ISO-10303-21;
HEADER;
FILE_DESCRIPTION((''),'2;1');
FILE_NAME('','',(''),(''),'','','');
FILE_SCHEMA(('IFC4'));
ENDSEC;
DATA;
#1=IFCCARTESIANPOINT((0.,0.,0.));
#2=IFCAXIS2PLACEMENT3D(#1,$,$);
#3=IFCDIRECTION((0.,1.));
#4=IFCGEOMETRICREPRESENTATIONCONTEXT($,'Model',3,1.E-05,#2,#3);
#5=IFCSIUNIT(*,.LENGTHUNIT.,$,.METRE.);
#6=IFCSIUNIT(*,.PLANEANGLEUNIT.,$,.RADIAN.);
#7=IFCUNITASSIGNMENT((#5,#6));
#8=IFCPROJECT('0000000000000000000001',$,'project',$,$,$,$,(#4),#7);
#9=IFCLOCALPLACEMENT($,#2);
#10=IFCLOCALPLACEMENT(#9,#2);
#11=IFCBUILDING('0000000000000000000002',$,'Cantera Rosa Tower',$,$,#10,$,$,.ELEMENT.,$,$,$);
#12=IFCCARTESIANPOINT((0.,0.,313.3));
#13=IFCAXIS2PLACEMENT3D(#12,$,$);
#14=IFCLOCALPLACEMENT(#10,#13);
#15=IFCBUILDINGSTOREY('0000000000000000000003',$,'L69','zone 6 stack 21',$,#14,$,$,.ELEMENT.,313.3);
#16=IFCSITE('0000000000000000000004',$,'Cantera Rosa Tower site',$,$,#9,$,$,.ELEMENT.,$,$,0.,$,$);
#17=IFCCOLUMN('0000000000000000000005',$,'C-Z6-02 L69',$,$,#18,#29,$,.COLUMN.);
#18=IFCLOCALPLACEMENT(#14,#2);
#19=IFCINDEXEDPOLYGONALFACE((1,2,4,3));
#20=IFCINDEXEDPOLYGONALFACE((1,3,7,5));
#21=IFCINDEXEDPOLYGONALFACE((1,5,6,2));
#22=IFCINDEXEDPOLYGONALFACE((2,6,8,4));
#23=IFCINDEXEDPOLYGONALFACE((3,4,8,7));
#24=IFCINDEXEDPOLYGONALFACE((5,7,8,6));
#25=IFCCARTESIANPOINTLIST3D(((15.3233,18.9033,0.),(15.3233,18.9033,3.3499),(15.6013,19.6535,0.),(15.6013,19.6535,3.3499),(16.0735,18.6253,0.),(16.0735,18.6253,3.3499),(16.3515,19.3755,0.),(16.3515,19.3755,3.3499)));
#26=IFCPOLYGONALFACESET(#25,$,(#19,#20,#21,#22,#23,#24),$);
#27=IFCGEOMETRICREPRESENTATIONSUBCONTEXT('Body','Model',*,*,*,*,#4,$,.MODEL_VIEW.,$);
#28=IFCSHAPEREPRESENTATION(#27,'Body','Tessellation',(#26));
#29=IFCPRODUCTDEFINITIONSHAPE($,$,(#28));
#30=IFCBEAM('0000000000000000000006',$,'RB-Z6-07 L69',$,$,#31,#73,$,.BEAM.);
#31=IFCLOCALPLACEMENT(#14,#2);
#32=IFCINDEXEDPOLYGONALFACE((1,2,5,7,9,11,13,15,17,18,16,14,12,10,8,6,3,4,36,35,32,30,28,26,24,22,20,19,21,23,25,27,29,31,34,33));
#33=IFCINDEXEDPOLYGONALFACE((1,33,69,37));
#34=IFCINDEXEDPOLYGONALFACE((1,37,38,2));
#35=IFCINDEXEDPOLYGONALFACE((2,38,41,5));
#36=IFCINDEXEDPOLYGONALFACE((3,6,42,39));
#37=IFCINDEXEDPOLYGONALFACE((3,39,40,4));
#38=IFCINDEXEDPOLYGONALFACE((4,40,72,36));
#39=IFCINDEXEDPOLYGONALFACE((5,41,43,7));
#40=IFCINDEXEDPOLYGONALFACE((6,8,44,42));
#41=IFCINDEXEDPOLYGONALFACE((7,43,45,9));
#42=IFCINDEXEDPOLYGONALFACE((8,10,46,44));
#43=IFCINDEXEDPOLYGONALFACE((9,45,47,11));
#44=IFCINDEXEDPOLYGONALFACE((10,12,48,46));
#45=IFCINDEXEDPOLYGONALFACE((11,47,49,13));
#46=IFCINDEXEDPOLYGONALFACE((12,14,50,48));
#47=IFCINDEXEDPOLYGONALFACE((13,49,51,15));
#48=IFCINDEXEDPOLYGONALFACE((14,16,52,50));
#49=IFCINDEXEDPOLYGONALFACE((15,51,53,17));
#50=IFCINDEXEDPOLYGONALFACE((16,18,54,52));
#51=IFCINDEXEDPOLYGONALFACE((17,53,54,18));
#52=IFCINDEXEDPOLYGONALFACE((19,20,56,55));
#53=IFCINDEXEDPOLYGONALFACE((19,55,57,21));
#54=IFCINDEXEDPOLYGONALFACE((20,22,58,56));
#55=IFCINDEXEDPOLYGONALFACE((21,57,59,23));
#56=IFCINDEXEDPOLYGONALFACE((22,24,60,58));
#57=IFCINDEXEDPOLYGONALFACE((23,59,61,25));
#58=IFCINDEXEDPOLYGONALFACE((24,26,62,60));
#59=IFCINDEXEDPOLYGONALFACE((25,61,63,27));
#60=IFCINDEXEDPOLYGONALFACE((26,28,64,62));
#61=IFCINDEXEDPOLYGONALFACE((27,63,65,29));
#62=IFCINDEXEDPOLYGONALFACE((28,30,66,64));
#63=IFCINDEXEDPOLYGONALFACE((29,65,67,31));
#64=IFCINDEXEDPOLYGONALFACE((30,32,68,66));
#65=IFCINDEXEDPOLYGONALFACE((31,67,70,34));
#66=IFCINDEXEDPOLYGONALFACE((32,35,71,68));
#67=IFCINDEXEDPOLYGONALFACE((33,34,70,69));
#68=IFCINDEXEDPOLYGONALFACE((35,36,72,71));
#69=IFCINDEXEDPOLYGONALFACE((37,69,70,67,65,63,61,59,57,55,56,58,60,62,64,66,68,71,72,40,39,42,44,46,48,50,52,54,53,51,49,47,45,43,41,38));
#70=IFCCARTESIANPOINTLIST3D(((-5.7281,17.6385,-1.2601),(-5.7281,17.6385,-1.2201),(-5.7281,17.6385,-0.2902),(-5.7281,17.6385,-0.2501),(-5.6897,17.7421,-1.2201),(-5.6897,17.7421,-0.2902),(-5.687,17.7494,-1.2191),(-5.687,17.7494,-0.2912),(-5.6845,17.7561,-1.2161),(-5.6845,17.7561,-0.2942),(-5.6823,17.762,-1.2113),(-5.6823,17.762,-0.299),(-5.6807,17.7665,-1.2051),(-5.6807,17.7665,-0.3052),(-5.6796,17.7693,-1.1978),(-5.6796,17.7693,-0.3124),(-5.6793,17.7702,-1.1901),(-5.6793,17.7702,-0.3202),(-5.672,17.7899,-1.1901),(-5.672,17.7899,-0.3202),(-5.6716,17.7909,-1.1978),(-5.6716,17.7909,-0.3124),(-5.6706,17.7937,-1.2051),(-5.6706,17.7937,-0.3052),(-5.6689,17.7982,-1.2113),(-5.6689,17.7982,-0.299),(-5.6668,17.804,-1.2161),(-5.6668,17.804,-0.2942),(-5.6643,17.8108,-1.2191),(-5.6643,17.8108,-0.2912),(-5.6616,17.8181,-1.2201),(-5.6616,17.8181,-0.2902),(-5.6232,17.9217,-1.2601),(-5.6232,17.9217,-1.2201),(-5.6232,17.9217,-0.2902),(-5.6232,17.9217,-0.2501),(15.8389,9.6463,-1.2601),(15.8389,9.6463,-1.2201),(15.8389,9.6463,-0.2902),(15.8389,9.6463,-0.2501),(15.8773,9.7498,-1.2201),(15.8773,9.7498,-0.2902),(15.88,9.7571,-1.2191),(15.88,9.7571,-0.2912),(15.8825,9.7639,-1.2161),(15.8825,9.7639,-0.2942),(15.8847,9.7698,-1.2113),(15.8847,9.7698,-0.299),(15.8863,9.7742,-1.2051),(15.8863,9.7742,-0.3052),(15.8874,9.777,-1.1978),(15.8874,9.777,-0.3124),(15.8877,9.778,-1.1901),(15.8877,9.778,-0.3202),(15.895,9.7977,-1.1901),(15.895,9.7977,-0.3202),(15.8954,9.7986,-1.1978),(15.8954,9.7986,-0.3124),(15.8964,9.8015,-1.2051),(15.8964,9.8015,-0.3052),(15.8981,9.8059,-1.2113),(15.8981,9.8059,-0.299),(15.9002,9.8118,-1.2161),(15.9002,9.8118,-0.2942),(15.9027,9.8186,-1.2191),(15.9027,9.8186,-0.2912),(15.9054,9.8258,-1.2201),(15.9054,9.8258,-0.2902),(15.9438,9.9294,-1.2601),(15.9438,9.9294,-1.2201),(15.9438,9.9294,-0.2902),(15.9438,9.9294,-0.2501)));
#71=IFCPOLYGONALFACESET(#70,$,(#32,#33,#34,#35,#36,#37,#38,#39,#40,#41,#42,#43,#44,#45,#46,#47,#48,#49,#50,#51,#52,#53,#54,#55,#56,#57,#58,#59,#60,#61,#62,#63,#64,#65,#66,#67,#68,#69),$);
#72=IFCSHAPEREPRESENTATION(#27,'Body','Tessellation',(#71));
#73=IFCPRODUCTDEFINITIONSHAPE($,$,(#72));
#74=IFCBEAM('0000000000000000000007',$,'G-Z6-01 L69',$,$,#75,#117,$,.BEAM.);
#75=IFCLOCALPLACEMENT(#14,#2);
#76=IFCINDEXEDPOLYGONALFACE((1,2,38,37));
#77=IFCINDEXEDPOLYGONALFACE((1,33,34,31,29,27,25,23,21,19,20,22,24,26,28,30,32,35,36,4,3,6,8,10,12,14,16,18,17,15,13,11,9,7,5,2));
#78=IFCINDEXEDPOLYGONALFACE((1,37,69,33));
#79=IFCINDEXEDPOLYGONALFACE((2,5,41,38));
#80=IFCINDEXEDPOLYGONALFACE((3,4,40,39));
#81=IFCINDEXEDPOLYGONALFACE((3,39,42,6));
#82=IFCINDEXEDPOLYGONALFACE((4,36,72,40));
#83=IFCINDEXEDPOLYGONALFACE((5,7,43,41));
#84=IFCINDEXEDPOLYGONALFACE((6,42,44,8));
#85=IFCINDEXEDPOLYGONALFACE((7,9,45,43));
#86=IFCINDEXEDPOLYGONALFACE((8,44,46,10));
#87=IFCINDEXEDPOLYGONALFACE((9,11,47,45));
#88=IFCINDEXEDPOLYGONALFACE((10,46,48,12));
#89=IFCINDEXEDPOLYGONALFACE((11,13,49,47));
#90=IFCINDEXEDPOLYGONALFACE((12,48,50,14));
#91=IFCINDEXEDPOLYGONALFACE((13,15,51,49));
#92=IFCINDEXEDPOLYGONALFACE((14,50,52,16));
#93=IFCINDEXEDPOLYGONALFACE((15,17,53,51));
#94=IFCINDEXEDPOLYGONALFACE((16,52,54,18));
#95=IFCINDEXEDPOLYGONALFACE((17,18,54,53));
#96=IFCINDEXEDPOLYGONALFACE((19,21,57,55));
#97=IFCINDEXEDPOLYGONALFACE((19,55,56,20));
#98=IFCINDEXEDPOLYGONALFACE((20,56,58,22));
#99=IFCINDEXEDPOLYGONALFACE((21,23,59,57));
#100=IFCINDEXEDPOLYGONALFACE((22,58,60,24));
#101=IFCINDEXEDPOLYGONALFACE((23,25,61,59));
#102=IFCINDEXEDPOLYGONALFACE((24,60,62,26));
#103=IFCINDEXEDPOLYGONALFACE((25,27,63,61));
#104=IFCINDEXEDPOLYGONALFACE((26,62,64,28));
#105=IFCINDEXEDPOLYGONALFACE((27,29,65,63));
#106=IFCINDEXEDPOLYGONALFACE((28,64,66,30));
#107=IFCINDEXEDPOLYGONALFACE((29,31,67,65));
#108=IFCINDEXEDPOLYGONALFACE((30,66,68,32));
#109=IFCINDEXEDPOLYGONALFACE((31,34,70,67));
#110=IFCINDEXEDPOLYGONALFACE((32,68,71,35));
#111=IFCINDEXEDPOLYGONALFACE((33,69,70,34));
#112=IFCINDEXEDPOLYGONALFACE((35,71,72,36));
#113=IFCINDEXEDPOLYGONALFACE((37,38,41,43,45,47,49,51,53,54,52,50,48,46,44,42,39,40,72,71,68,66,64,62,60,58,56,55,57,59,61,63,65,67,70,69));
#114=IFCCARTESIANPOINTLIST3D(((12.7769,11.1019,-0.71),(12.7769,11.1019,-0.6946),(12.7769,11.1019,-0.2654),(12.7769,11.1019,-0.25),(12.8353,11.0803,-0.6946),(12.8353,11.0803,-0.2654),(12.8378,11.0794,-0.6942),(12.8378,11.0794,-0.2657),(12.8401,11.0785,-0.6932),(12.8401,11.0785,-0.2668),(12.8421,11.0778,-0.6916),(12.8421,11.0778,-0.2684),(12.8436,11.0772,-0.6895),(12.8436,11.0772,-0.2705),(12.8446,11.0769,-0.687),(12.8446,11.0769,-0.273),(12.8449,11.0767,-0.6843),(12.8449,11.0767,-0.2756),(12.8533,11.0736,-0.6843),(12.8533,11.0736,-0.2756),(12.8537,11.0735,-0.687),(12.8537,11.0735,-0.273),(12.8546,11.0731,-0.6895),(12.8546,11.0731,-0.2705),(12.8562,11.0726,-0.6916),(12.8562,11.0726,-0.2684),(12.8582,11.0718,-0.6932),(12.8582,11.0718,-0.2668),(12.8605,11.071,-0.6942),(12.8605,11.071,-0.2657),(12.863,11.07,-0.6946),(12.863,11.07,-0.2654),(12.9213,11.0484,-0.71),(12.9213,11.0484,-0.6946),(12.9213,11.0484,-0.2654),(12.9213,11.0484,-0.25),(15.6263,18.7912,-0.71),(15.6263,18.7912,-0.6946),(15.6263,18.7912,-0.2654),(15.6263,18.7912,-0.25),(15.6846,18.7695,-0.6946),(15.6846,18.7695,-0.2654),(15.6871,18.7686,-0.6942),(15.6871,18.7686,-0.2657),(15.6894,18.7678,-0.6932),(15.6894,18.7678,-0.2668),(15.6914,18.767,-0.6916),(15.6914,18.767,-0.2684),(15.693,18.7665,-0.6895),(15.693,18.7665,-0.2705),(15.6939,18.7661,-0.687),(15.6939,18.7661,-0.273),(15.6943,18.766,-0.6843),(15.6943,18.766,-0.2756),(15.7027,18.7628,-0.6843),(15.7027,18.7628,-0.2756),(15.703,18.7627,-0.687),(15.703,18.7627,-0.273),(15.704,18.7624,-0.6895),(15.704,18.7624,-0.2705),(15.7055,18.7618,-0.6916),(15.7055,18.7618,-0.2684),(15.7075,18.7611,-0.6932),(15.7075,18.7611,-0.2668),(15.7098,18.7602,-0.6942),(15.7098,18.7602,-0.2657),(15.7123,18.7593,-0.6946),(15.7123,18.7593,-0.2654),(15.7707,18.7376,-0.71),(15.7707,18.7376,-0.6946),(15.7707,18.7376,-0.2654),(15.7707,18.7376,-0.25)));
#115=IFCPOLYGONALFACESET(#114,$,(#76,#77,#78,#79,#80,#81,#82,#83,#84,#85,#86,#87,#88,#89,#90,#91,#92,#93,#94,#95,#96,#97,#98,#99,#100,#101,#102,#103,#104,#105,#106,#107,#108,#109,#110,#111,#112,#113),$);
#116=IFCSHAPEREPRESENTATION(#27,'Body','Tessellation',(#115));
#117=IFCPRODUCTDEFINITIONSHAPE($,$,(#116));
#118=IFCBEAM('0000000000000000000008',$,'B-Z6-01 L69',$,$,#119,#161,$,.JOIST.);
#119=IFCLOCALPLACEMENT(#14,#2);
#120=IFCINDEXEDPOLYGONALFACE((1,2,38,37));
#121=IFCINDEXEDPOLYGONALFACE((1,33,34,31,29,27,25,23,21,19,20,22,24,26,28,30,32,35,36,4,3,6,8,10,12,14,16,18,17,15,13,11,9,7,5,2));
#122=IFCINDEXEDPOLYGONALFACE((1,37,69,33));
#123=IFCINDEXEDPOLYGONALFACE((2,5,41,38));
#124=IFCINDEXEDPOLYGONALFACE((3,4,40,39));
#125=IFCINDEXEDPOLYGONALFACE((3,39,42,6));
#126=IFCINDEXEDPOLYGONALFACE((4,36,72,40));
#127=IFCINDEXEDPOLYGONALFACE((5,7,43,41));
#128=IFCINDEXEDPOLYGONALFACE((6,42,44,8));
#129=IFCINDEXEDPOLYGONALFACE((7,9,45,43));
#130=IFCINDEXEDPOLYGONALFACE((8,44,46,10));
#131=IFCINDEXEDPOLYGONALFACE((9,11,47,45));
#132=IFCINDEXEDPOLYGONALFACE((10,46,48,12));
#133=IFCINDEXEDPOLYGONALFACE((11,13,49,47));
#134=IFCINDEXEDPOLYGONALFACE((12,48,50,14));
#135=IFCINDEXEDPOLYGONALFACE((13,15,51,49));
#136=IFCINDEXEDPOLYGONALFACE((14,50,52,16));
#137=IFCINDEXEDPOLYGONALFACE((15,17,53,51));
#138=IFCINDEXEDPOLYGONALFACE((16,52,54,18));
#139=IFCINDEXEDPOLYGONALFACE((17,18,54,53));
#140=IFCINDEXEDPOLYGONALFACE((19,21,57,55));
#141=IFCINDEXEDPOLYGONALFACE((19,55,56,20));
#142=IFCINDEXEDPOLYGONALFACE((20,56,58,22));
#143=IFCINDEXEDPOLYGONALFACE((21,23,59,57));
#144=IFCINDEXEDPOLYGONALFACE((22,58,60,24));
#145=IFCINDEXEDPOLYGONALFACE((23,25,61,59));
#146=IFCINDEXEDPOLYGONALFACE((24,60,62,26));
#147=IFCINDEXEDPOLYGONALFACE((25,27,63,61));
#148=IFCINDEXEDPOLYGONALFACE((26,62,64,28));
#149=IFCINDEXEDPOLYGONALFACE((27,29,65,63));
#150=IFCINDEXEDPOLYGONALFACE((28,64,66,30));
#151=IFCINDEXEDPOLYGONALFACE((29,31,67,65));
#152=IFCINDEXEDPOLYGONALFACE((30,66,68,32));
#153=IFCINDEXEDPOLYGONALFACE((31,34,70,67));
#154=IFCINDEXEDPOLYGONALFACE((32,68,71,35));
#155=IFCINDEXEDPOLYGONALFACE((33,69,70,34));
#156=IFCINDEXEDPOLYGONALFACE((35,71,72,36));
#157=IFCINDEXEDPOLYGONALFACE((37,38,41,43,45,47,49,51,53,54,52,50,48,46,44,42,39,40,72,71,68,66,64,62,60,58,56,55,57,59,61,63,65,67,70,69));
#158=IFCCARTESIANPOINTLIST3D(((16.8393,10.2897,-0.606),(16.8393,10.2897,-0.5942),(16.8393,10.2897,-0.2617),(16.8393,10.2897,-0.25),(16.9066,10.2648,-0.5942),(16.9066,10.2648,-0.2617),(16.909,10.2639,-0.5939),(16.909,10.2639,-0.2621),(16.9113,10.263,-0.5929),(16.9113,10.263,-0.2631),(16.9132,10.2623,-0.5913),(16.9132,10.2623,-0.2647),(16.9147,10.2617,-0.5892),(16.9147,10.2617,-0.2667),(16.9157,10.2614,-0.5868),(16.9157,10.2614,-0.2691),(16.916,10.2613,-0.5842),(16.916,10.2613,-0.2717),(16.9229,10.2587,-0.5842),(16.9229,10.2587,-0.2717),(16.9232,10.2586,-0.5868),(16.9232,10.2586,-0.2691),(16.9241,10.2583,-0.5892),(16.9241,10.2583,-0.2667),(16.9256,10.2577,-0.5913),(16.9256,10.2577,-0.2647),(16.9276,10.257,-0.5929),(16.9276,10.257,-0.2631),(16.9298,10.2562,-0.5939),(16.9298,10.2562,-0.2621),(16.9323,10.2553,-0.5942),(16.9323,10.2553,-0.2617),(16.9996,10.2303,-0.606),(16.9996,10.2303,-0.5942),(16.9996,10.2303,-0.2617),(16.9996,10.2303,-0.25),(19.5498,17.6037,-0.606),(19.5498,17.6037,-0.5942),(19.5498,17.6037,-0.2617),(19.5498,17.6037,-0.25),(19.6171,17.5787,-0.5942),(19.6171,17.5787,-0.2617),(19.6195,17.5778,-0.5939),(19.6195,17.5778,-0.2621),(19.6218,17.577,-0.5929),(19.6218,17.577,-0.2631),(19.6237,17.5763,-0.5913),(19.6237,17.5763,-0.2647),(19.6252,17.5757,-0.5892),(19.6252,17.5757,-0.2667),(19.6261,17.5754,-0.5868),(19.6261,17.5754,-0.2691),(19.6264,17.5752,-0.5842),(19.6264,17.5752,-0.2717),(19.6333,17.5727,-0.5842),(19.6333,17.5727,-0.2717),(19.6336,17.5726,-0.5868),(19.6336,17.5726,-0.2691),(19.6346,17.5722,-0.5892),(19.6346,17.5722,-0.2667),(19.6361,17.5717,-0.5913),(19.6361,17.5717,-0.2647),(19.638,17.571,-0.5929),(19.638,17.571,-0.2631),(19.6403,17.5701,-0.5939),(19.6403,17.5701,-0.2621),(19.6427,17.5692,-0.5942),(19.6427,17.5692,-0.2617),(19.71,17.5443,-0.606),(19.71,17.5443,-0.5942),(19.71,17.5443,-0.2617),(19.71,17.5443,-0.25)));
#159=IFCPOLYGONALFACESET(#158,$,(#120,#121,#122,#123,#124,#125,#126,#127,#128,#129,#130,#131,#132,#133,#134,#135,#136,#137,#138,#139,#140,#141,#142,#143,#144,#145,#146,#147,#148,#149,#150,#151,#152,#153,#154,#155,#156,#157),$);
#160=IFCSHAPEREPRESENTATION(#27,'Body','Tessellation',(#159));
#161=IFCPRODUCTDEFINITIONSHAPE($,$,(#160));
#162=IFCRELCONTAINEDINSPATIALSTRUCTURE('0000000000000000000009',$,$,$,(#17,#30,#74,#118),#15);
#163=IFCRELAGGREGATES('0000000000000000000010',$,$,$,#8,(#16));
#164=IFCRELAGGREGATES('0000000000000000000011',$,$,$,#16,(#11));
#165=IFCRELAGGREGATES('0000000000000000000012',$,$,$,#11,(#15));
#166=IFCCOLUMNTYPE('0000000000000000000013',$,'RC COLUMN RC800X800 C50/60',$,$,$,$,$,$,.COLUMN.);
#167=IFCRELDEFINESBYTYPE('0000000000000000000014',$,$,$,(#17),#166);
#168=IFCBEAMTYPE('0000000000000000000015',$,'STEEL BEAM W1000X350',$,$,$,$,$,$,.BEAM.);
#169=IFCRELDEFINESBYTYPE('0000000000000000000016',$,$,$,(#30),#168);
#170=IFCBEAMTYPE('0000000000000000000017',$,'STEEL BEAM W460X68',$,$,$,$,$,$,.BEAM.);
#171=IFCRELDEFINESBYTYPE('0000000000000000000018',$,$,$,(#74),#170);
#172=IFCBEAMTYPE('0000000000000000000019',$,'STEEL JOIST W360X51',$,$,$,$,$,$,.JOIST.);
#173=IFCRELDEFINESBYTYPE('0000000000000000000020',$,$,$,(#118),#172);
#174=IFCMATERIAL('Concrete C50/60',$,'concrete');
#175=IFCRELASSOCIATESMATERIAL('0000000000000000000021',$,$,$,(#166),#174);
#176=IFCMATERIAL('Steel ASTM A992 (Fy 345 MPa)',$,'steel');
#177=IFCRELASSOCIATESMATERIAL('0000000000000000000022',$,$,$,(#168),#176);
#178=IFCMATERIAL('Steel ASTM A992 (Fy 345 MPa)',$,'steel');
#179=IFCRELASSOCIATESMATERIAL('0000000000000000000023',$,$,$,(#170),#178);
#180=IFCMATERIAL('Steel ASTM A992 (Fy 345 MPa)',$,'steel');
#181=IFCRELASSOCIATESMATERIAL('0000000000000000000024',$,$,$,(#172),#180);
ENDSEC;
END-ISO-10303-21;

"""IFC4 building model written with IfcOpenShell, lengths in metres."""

from ifc_helpers import new_model, si_unit, direction, frame, origin, origin_2d, place, context, subcontext, project, spatial, rectangle, i_section, extrude, material, material_profile, profile_set, type_object, element, save


model = new_model("IFC4")

# Units and contexts
model_context = context("Model", 3, precision=1e-05, world=origin(), true_north=direction((0.0, 1.0)))
body_context = subcontext(model_context, "Body", "Model", "MODEL_VIEW")
ifc_project = project(units=[si_unit("LENGTHUNIT", "METRE"), si_unit("PLANEANGLEUNIT", "RADIAN")], contexts=[model_context])

# Site, building, storey
site_placement = place(None, origin())
site = spatial("IfcSite", under=ifc_project, at=site_placement, Name="Cantera Rosa Tower site", CompositionType="ELEMENT", RefElevation=0.0)
building_placement = place(site_placement, origin())
building = spatial("IfcBuilding", under=site, at=building_placement, Name="Cantera Rosa Tower", CompositionType="ELEMENT")
storey_placement = place(building_placement, frame((0.0, 0.0, 313.3)))
storey = spatial("IfcBuildingStorey", under=building, at=storey_placement, Name="L69", Description="zone 6 stack 21", CompositionType="ELEMENT", Elevation=313.3)

# Column
ifc_material_1 = material(Name="Concrete C50/60", Category="concrete")
ifc_material_profile_1 = material_profile(ifc_material_1, rectangle(XDim=0.8, YDim=0.8, at=origin_2d()), Name="RC COLUMN RC800X800 C50/60")
ifc_profile_set_1 = profile_set([ifc_material_profile_1], Name="Concrete C50/60")
column_type = type_object("IfcColumnType", Name="RC COLUMN RC800X800 C50/60", PredefinedType="COLUMN", material=ifc_profile_set_1)
column_placement = place(storey_placement, frame((15.8374, 19.1394, 0.0), z_axis=(0.0, 0.0, 1.0), x_axis=(0.347481, 0.937687, 0.0)))
element("IfcColumn", 1, at=column_placement, inside=storey, type_object=column_type, Name="C-Z6-02 L69", PredefinedType="COLUMN", context=body_context, shape_type="SweptSolid", body=[
    extrude(rectangle(XDim=0.8, YDim=0.8, at=origin_2d()), origin(), (0.0, 0.0, 1.0), 3.3499),
])

# Beams
ifc_material_2 = material(Name="Steel ASTM A992 (Fy 345 MPa)", Category="steel")
ifc_material_profile_2 = material_profile(ifc_material_2, i_section(OverallWidth=0.302, OverallDepth=1.01, WebThickness=0.021, FlangeThickness=0.04, FilletRadius=0.03, at=origin_2d()), Name="W1000X350")
ifc_profile_set_2 = profile_set([ifc_material_profile_2], Name="Steel ASTM A992 (Fy 345 MPa)")
beam_type_1 = type_object("IfcBeamType", Name="STEEL BEAM W1000X350", PredefinedType="BEAM", material=ifc_profile_set_2)
beam_1_placement = place(storey_placement, frame((15.8914, 9.7878, -0.7551), z_axis=(-0.937686, 0.347484, 0.0), x_axis=(-0.347484, -0.937686, 0.0)))
element("IfcBeam", 2, at=beam_1_placement, inside=storey, type_object=beam_type_1, Name="RB-Z6-07 L69", PredefinedType="BEAM", context=body_context, shape_type="SweptSolid", body=[
    extrude(i_section(OverallWidth=0.302, OverallDepth=1.01, WebThickness=0.021, FlangeThickness=0.04, FilletRadius=0.03, at=origin_2d()), origin(), (0.0, 0.0, 1.0), 23.0002),
])
ifc_material_3 = material(Name="Steel ASTM A992 (Fy 345 MPa)", Category="steel")
ifc_material_profile_3 = material_profile(ifc_material_3, i_section(OverallWidth=0.1541, OverallDepth=0.46, WebThickness=0.009, FlangeThickness=0.0154, FilletRadius=0.0103, at=origin_2d()), Name="W460X68")
ifc_profile_set_3 = profile_set([ifc_material_profile_3], Name="Steel ASTM A992 (Fy 345 MPa)")
beam_type_2 = type_object("IfcBeamType", Name="STEEL BEAM W460X68", PredefinedType="BEAM", material=ifc_profile_set_3)
beam_2_placement = place(storey_placement, frame((15.6985, 18.7644, -0.48), z_axis=(-0.347476, -0.937689, 0.0), x_axis=(0.937689, -0.347476, 0.0)))
element("IfcBeam", 3, at=beam_2_placement, inside=storey, type_object=beam_type_2, Name="G-Z6-01 L69", PredefinedType="BEAM", context=body_context, shape_type="SweptSolid", body=[
    extrude(i_section(OverallWidth=0.1541, OverallDepth=0.46, WebThickness=0.009, FlangeThickness=0.0154, FilletRadius=0.0103, at=origin_2d()), origin(), (0.0, 0.0, 1.0), 8.2002),
])
ifc_material_4 = material(Name="Steel ASTM A992 (Fy 345 MPa)", Category="steel")
ifc_material_profile_4 = material_profile(ifc_material_4, i_section(OverallWidth=0.1709, OverallDepth=0.356, WebThickness=0.0073, FlangeThickness=0.0117, FilletRadius=0.01, at=origin_2d()), Name="W360X51")
ifc_profile_set_4 = profile_set([ifc_material_profile_4], Name="Steel ASTM A992 (Fy 345 MPa)")
beam_type_3 = type_object("IfcBeamType", Name="STEEL JOIST W360X51", PredefinedType="JOIST", material=ifc_profile_set_4)
beam_3_placement = place(storey_placement, frame((19.6299, 17.574, -0.428), z_axis=(-0.347492, -0.937683, 0.0), x_axis=(0.937683, -0.347492, 0.0)))
element("IfcBeam", 4, at=beam_3_placement, inside=storey, type_object=beam_type_3, Name="B-Z6-01 L69", PredefinedType="JOIST", context=body_context, shape_type="SweptSolid", body=[
    extrude(i_section(OverallWidth=0.1709, OverallDepth=0.356, WebThickness=0.0073, FlangeThickness=0.0117, FilletRadius=0.01, at=origin_2d()), origin(), (0.0, 0.0, 1.0), 7.8),
])

save(model, "model.ifc")
